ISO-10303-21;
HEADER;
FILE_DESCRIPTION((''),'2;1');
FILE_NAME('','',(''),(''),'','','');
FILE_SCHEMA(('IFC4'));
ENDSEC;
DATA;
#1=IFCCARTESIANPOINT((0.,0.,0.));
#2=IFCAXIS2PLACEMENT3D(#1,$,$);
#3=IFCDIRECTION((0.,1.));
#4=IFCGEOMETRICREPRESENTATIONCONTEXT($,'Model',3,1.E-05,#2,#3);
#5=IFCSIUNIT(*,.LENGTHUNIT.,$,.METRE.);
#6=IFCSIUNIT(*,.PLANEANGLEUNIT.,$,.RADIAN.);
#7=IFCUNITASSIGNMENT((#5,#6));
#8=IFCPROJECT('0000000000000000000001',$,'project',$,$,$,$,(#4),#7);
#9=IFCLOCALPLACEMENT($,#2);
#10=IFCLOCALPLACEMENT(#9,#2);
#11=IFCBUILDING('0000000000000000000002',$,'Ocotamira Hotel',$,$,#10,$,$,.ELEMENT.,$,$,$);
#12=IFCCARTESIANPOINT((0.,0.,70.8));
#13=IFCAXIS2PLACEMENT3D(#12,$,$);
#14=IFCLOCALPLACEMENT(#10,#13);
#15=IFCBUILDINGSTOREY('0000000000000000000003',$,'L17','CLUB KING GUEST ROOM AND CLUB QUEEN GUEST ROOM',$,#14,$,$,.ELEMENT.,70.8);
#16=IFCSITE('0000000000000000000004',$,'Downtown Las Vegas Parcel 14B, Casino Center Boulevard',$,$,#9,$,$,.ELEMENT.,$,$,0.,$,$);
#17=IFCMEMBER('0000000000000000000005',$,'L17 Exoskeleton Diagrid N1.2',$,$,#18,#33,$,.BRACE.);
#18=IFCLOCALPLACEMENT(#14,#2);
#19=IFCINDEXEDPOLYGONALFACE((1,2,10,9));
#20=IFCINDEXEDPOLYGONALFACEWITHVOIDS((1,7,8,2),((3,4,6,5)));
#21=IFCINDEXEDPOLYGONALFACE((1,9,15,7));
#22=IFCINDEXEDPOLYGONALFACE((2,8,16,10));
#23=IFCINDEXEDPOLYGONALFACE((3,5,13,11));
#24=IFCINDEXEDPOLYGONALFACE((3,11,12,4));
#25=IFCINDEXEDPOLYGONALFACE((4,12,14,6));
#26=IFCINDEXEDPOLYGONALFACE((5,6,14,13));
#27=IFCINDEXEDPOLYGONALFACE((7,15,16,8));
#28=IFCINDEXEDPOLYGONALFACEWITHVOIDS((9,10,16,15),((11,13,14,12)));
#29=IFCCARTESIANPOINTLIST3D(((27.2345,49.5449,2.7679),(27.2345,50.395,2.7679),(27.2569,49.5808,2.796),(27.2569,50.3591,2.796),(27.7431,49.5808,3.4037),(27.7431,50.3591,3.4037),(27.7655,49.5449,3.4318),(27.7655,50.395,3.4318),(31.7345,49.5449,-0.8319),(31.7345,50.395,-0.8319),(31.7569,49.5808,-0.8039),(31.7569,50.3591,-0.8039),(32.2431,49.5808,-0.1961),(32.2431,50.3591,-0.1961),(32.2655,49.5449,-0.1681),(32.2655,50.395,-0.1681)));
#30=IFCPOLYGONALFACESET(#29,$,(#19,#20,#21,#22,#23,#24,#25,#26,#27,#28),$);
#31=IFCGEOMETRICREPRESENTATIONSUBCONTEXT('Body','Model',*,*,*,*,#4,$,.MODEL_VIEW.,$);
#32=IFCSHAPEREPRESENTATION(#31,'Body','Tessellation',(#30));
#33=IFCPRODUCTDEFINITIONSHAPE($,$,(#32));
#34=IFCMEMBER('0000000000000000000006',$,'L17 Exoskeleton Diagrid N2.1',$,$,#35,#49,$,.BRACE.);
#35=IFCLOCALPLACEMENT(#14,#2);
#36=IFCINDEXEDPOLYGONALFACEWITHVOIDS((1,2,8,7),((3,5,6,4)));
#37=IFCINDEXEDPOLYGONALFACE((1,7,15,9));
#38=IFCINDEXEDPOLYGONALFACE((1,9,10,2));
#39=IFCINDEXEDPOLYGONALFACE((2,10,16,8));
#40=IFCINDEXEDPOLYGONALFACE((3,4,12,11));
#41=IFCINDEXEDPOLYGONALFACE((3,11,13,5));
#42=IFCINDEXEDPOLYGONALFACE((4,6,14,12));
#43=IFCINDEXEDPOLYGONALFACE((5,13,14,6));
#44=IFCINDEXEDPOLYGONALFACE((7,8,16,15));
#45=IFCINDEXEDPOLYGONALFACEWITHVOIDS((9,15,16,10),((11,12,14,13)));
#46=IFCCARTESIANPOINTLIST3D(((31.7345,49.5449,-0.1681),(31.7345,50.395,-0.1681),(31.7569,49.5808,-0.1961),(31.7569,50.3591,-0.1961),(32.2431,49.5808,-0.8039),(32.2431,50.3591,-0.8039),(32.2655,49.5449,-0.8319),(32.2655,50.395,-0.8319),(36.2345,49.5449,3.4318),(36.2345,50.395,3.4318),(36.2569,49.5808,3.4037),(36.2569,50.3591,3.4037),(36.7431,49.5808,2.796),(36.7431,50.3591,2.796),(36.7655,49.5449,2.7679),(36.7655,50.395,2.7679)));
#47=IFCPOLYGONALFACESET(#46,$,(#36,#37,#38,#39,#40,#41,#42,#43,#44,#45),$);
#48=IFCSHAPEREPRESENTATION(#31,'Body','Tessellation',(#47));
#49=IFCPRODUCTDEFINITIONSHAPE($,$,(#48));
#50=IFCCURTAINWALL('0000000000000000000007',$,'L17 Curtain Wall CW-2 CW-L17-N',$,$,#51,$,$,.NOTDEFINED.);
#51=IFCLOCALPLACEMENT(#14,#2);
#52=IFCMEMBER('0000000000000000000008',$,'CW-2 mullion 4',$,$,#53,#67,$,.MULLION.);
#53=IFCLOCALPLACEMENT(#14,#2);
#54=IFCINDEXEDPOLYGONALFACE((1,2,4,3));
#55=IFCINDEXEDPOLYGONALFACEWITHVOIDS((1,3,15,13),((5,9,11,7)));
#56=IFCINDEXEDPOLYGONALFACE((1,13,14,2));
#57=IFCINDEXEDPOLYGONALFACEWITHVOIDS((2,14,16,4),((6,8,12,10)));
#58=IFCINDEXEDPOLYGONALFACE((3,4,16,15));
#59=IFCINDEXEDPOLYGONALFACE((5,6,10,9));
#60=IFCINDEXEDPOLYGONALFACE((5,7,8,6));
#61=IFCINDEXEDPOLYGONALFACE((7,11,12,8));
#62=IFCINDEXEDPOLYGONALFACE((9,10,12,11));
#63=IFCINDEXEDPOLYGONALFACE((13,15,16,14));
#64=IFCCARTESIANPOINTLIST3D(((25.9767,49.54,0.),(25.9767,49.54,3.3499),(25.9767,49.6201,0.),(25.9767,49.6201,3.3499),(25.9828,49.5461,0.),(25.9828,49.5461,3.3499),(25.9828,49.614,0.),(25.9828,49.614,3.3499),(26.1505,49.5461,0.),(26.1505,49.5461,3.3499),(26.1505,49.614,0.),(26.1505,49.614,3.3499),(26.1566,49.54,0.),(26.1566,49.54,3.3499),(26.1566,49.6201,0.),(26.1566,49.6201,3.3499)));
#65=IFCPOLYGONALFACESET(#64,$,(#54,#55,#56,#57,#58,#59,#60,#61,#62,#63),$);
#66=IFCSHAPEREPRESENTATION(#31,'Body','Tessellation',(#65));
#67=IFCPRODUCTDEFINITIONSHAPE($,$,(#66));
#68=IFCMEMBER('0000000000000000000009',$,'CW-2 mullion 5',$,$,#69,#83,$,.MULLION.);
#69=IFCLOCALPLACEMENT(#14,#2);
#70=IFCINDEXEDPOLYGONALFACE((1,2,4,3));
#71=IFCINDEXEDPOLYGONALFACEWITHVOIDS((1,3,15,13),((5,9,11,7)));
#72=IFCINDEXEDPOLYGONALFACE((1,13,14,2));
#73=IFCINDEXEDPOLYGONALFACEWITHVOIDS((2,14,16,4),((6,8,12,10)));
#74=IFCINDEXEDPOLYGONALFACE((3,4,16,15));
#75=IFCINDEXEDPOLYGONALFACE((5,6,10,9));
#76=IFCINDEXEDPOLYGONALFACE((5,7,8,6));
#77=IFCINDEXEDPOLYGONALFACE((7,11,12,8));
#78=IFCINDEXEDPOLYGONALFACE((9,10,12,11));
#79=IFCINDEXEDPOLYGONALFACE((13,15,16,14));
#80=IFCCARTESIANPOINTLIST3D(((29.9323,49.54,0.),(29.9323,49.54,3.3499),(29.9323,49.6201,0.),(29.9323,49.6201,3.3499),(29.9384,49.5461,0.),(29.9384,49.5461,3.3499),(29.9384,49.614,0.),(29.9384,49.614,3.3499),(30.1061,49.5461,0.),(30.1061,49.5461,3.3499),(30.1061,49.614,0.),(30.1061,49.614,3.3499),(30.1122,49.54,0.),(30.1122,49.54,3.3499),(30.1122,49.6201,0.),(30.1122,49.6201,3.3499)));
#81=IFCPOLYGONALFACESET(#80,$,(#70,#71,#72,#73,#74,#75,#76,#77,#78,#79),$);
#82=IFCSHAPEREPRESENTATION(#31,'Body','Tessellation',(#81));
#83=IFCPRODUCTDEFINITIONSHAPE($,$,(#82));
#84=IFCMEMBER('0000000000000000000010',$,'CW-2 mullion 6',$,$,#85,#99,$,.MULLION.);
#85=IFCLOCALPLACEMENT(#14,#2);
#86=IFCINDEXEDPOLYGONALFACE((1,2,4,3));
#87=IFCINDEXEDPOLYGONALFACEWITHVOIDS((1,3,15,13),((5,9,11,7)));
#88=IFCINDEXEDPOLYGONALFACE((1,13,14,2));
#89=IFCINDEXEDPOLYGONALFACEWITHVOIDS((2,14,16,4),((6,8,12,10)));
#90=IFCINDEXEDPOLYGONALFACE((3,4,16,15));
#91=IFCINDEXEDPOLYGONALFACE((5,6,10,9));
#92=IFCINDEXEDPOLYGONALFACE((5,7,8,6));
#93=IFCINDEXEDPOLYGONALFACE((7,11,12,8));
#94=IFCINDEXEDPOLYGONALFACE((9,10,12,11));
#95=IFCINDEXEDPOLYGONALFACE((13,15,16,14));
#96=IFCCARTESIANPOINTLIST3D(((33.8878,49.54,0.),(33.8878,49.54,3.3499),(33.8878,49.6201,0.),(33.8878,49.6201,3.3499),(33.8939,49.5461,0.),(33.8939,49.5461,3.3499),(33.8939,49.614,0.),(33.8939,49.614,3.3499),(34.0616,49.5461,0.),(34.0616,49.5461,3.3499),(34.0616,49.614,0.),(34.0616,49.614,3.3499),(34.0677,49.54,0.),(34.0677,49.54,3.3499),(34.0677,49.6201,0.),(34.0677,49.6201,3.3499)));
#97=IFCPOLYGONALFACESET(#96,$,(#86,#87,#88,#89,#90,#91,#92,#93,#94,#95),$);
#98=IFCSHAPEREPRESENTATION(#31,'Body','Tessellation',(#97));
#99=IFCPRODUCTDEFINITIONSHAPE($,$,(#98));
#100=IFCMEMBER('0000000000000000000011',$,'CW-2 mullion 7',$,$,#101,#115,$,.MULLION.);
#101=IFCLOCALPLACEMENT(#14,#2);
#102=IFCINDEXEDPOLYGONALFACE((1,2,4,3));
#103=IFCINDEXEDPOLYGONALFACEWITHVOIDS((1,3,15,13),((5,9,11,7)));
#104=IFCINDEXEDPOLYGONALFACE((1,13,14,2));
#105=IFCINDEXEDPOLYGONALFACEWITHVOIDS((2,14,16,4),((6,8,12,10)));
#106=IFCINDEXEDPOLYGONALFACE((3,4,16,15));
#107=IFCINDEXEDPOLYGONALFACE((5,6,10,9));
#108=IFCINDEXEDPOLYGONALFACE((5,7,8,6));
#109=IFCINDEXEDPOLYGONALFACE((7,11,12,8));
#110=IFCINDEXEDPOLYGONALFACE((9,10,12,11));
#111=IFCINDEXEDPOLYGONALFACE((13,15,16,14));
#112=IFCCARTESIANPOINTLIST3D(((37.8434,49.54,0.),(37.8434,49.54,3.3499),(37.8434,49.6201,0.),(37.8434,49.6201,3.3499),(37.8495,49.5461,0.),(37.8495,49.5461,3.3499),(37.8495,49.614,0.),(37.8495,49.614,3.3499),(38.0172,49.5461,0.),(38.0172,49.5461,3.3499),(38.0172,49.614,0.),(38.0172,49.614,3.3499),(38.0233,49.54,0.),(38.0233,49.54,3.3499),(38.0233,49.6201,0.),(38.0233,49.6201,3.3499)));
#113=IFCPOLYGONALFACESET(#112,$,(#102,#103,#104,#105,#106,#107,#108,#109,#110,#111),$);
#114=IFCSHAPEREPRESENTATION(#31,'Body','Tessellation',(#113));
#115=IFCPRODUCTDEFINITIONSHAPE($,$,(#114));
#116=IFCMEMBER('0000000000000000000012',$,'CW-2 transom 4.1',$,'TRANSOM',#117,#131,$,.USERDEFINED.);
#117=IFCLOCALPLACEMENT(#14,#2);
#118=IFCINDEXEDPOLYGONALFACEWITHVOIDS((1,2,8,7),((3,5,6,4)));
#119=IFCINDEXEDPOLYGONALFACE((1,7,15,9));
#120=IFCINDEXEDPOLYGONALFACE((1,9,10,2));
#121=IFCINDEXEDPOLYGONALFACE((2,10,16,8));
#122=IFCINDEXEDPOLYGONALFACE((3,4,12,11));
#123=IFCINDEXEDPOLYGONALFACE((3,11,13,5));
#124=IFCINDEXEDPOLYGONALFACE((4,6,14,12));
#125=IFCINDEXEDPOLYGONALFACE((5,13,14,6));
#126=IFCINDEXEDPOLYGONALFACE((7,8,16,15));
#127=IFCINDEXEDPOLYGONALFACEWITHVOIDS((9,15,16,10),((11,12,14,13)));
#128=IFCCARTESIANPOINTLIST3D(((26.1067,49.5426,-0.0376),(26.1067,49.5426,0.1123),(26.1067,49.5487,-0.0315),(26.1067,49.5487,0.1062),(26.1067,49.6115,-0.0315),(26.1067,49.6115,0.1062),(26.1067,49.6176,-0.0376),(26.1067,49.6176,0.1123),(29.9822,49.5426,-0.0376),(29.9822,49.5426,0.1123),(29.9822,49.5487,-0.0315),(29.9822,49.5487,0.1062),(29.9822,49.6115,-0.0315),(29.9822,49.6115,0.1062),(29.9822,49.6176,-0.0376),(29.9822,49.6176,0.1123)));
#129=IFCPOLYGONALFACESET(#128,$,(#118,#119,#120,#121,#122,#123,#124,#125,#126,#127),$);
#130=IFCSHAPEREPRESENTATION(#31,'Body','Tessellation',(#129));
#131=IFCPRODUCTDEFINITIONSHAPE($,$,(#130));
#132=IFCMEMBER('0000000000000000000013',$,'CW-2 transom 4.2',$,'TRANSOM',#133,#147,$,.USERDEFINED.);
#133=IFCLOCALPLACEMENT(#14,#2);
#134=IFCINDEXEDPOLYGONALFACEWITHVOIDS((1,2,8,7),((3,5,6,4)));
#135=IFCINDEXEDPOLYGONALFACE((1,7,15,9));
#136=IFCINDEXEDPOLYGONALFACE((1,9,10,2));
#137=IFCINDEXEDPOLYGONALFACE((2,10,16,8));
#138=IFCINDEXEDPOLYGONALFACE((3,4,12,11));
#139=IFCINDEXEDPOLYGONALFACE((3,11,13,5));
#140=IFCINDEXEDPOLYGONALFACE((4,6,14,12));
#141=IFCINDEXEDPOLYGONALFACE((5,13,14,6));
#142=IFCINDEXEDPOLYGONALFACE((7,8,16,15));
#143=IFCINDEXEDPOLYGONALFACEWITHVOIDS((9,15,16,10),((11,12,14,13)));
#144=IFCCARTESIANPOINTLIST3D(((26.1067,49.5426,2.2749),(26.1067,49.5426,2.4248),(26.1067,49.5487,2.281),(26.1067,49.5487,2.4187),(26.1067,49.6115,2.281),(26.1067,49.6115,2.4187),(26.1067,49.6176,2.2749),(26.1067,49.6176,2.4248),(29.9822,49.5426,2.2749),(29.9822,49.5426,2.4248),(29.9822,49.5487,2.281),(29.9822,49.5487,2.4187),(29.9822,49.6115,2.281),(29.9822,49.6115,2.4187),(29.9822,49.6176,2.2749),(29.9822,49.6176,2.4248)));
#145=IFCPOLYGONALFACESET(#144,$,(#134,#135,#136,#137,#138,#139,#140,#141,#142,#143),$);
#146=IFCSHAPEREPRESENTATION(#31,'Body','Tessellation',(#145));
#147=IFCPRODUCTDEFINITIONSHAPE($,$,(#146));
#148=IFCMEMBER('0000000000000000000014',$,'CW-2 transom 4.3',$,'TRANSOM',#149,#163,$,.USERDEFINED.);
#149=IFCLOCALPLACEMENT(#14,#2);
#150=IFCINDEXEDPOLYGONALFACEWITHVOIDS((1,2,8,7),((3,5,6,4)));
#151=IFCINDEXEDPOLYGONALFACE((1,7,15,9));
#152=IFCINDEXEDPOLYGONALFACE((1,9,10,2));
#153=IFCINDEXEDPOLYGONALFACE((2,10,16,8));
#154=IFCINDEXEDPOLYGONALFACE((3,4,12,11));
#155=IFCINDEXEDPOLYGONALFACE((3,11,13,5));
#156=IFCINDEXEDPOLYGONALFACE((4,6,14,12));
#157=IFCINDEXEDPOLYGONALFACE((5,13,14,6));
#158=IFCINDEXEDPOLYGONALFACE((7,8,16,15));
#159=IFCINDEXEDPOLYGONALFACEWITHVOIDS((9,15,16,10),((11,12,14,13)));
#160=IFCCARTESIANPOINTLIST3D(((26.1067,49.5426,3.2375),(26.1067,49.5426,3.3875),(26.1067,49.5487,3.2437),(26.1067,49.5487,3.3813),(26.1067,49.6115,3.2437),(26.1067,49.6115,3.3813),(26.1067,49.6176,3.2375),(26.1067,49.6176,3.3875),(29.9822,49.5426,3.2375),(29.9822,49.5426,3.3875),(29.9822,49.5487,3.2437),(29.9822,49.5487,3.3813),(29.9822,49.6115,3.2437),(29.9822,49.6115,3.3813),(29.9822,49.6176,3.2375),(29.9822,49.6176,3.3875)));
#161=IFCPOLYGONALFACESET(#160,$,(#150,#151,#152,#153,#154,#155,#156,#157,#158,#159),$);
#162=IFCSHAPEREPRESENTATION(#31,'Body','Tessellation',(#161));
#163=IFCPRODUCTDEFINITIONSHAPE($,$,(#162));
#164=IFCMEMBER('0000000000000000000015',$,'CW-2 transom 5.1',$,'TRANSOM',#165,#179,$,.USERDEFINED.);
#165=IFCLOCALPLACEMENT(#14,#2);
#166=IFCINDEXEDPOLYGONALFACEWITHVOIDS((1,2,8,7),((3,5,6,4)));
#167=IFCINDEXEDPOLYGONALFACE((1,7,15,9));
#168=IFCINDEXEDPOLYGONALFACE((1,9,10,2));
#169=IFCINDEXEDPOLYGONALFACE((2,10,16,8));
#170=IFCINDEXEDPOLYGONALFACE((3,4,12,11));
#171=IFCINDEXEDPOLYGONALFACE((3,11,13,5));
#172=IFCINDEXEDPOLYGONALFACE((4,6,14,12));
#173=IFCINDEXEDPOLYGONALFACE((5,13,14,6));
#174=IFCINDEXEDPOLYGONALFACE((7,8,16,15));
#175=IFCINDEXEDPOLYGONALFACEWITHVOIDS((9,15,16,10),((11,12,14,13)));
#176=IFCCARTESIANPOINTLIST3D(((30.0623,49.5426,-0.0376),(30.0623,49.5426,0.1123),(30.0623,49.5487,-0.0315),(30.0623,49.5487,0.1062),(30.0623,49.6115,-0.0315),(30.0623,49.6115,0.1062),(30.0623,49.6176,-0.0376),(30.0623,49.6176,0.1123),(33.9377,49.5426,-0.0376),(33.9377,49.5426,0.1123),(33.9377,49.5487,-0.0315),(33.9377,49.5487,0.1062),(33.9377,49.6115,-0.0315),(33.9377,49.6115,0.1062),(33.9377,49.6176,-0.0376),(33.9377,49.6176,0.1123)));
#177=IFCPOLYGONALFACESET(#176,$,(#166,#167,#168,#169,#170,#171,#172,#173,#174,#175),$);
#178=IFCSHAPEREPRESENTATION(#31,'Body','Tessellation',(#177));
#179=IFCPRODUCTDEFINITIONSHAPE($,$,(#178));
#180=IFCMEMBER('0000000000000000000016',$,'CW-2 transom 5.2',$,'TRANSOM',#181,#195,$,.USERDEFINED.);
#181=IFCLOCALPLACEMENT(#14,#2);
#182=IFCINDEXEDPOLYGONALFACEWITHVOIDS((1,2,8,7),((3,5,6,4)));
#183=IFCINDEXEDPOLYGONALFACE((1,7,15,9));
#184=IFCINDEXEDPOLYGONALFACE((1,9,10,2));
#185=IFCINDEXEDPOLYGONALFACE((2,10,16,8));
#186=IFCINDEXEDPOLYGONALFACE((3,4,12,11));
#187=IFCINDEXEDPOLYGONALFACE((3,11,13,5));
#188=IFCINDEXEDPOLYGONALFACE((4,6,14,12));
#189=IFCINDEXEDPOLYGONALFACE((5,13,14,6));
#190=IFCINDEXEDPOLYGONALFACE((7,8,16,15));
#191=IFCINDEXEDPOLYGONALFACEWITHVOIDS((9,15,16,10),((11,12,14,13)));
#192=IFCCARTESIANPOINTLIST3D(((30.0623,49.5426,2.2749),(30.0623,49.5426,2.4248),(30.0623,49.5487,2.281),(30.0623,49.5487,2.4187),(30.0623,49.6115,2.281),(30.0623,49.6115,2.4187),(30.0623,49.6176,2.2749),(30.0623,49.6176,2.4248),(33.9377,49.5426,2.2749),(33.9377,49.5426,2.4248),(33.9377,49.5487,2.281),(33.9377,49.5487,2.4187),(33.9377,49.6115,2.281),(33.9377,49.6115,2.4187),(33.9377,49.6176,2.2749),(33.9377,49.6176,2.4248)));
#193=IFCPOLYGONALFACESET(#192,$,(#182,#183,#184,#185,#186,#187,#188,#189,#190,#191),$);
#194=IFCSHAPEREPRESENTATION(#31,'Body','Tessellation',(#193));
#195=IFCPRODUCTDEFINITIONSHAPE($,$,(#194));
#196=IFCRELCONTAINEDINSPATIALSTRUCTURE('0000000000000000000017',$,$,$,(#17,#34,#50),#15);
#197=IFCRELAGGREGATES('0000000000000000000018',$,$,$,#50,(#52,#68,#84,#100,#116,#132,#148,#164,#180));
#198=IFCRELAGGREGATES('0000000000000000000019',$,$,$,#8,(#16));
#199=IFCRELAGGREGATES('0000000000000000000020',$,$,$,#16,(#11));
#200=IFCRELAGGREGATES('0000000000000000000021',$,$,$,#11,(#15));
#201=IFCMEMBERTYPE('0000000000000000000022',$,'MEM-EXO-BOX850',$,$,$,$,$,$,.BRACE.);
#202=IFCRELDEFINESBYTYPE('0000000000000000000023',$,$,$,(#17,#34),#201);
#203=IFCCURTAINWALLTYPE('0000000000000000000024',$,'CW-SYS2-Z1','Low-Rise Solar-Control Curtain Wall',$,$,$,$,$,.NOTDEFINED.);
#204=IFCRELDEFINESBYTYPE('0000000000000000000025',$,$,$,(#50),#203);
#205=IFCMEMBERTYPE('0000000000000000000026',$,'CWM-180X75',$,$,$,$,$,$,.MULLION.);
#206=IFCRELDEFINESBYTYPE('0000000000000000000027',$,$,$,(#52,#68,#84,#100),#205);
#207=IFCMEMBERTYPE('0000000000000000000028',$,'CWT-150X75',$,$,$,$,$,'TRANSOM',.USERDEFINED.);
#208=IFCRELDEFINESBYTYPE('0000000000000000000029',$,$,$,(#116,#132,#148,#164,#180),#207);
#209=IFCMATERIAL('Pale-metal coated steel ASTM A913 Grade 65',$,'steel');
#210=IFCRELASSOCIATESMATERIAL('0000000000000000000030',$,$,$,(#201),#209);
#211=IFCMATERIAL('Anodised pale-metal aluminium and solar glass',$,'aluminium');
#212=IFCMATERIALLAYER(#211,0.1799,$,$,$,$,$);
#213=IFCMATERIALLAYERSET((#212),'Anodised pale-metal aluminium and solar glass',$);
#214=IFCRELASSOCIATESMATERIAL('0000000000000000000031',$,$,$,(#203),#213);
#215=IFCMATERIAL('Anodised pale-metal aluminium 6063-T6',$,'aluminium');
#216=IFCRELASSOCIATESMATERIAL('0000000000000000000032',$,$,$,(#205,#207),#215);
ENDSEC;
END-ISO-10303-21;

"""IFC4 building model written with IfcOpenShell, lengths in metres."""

from ifc_helpers import new_model, si_unit, direction, frame, origin, origin_2d, place, context, subcontext, project, spatial, hollow_rectangle, extrude, source, transform, mapped, material, layer, layer_set, material_profile, profile_set, type_object, element, aggregate, save


model = new_model("IFC4")

# Units and contexts
model_context = context("Model", 3, precision=1e-05, world=origin(), true_north=direction((0.0, 1.0)))
body_context = subcontext(model_context, "Body", "Model", "MODEL_VIEW")
ifc_project = project(units=[si_unit("LENGTHUNIT", "METRE"), si_unit("PLANEANGLEUNIT", "RADIAN")], contexts=[model_context])

# Site, building, storey
site_placement = place(None, origin())
site = spatial("IfcSite", under=ifc_project, at=site_placement, Name="Downtown Las Vegas Parcel 14B, Casino Center Boulevard", CompositionType="ELEMENT", RefElevation=0.0)
building_placement = place(site_placement, origin())
building = spatial("IfcBuilding", under=site, at=building_placement, Name="Ocotamira Hotel", CompositionType="ELEMENT")
storey_placement = place(building_placement, frame((0.0, 0.0, 70.8)))
storey = spatial("IfcBuildingStorey", under=building, at=storey_placement, Name="L17", Description="CLUB KING GUEST ROOM AND CLUB QUEEN GUEST ROOM", CompositionType="ELEMENT", Elevation=70.8)

# Members
ifc_material_1 = material(Name="Pale-metal coated steel ASTM A913 Grade 65", Category="steel")
ifc_material_profile_1 = material_profile(ifc_material_1, hollow_rectangle(XDim=0.8501, YDim=0.8501, WallThickness=0.0359, at=origin_2d()), Name="BOX850X850X36")
ifc_profile_set_1 = profile_set([ifc_material_profile_1], Name="Pale-metal coated steel ASTM A913 Grade 65")
member_type_1 = type_object("IfcMemberType", Name="MEM-EXO-BOX850", PredefinedType="BRACE", material=ifc_profile_set_1)
shared_shape_1 = source(origin(), body_context, "Body", "SweptSolid", [
    extrude(hollow_rectangle(XDim=0.8501, YDim=0.8501, WallThickness=0.0359, at=origin_2d()), origin(), (0.0, 0.0, 1.0), 5.7627),
])
for number, where, z_axis, x_axis, name in (
    (1, (32.0, 49.97, -0.5), (-0.780881, 0.0, 0.62468), (0.0, -1.0, 0.0), "L17 Exoskeleton Diagrid N1.2"),
    (2, (32.0, 49.97, -0.5), (0.780881, 0.0, 0.62468), (0.0, 1.0, 0.0), "L17 Exoskeleton Diagrid N2.1"),
):
    element("IfcMember", number, at=place(storey_placement, frame(where, z_axis=z_axis, x_axis=x_axis)), inside=storey, type_object=member_type_1, Name=name, PredefinedType="BRACE", context=body_context, shape_type="MappedRepresentation", body=[
        mapped(shared_shape_1, transform((0.0, 0.0, 0.0), scale=1.0)),
    ])

# Curtain wall, members
ifc_material_2 = material(Name="Anodised pale-metal aluminium and solar glass", Category="aluminium")
ifc_layer_1 = layer(ifc_material_2, 0.1799)
ifc_layer_set_1 = layer_set([ifc_layer_1], Name="Anodised pale-metal aluminium and solar glass")
curtain_wall_type = type_object("IfcCurtainWallType", Name="CW-SYS2-Z1", Description="Low-Rise Solar-Control Curtain Wall", PredefinedType="NOTDEFINED", material=ifc_layer_set_1)
curtain_wall_placement = place(storey_placement, origin())
curtain_wall = element("IfcCurtainWall", 3, at=curtain_wall_placement, inside=storey, type_object=curtain_wall_type, Name="L17 Curtain Wall CW-2 CW-L17-N", PredefinedType="NOTDEFINED")
ifc_material_3 = material(Name="Anodised pale-metal aluminium 6063-T6", Category="aluminium")
ifc_material_profile_2 = material_profile(ifc_material_3, hollow_rectangle(XDim=0.0801, YDim=0.1799, WallThickness=0.0061, at=origin_2d()), Name="HSS180X80X6")
ifc_profile_set_2 = profile_set([ifc_material_profile_2], Name="Anodised pale-metal aluminium 6063-T6")
member_type_2 = type_object("IfcMemberType", Name="CWM-180X75", PredefinedType="MULLION", material=ifc_profile_set_2)
shared_shape_2 = source(origin(), body_context, "Body", "SweptSolid", [
    extrude(hollow_rectangle(XDim=0.0801, YDim=0.1799, WallThickness=0.0061, at=origin_2d()), origin(), (0.0, 0.0, 1.0), 3.3499),
])
member_1_placement = place(storey_placement, frame((26.0667, 49.5801, 0.0), z_axis=(0.0, 0.0, 1.0), x_axis=(0.0, 1.0, 0.0)))
member_1 = element("IfcMember", 4, at=member_1_placement, type_object=member_type_2, Name="CW-2 mullion 4", PredefinedType="MULLION", context=body_context, shape_type="MappedRepresentation", body=[
    mapped(shared_shape_2, transform((0.0, 0.0, 0.0), scale=1.0)),
])
member_2_placement = place(storey_placement, frame((30.0222, 49.5801, 0.0), z_axis=(0.0, 0.0, 1.0), x_axis=(0.0, 1.0, 0.0)))
member_2 = element("IfcMember", 5, at=member_2_placement, type_object=member_type_2, Name="CW-2 mullion 5", PredefinedType="MULLION", context=body_context, shape_type="MappedRepresentation", body=[
    mapped(shared_shape_2, transform((0.0, 0.0, 0.0), scale=1.0)),
])
member_3_placement = place(storey_placement, frame((33.9778, 49.5801, 0.0), z_axis=(0.0, 0.0, 1.0), x_axis=(0.0, 1.0, 0.0)))
member_3 = element("IfcMember", 6, at=member_3_placement, type_object=member_type_2, Name="CW-2 mullion 6", PredefinedType="MULLION", context=body_context, shape_type="MappedRepresentation", body=[
    mapped(shared_shape_2, transform((0.0, 0.0, 0.0), scale=1.0)),
])
member_4_placement = place(storey_placement, frame((37.9333, 49.5801, 0.0), z_axis=(0.0, 0.0, 1.0), x_axis=(0.0, 1.0, 0.0)))
member_4 = element("IfcMember", 7, at=member_4_placement, type_object=member_type_2, Name="CW-2 mullion 7", PredefinedType="MULLION", context=body_context, shape_type="MappedRepresentation", body=[
    mapped(shared_shape_2, transform((0.0, 0.0, 0.0), scale=1.0)),
])
ifc_material_profile_3 = material_profile(ifc_material_3, hollow_rectangle(XDim=0.075, YDim=0.1499, WallThickness=0.0061, at=origin_2d()), Name="HSS150X75X6")
ifc_profile_set_3 = profile_set([ifc_material_profile_3], Name="Anodised pale-metal aluminium 6063-T6")
member_type_3 = type_object("IfcMemberType", Name="CWT-150X75", ElementType="TRANSOM", PredefinedType="USERDEFINED", material=ifc_profile_set_3)
shared_shape_3 = source(origin(), body_context, "Body", "SweptSolid", [
    extrude(hollow_rectangle(XDim=0.075, YDim=0.1499, WallThickness=0.0061, at=origin_2d()), origin(), (0.0, 0.0, 1.0), 3.8755),
])
member_5_placement = place(storey_placement, frame((26.1067, 49.5801, 0.0374), z_axis=(1.0, 0.0, 0.0), x_axis=(0.0, 1.0, 0.0)))
member_5 = element("IfcMember", 8, at=member_5_placement, type_object=member_type_3, Name="CW-2 transom 4.1", ObjectType="TRANSOM", PredefinedType="USERDEFINED", context=body_context, shape_type="MappedRepresentation", body=[
    mapped(shared_shape_3, transform((0.0, 0.0, 0.0), scale=1.0)),
])
member_6_placement = place(storey_placement, frame((26.1067, 49.5801, 2.3499), z_axis=(1.0, 0.0, 0.0), x_axis=(0.0, 1.0, 0.0)))
member_6 = element("IfcMember", 9, at=member_6_placement, type_object=member_type_3, Name="CW-2 transom 4.2", ObjectType="TRANSOM", PredefinedType="USERDEFINED", context=body_context, shape_type="MappedRepresentation", body=[
    mapped(shared_shape_3, transform((0.0, 0.0, 0.0), scale=1.0)),
])
member_7_placement = place(storey_placement, frame((26.1067, 49.5801, 3.3125), z_axis=(1.0, 0.0, 0.0), x_axis=(0.0, 1.0, 0.0)))
member_7 = element("IfcMember", 10, at=member_7_placement, type_object=member_type_3, Name="CW-2 transom 4.3", ObjectType="TRANSOM", PredefinedType="USERDEFINED", context=body_context, shape_type="MappedRepresentation", body=[
    mapped(shared_shape_3, transform((0.0, 0.0, 0.0), scale=1.0)),
])
member_8_placement = place(storey_placement, frame((30.0623, 49.5801, 0.0374), z_axis=(1.0, 0.0, 0.0), x_axis=(0.0, 1.0, 0.0)))
member_8 = element("IfcMember", 11, at=member_8_placement, type_object=member_type_3, Name="CW-2 transom 5.1", ObjectType="TRANSOM", PredefinedType="USERDEFINED", context=body_context, shape_type="MappedRepresentation", body=[
    mapped(shared_shape_3, transform((0.0, 0.0, 0.0), scale=1.0)),
])
member_9_placement = place(storey_placement, frame((30.0623, 49.5801, 2.3499), z_axis=(1.0, 0.0, 0.0), x_axis=(0.0, 1.0, 0.0)))
member_9 = element("IfcMember", 12, at=member_9_placement, type_object=member_type_3, Name="CW-2 transom 5.2", ObjectType="TRANSOM", PredefinedType="USERDEFINED", context=body_context, shape_type="MappedRepresentation", body=[
    mapped(shared_shape_3, transform((0.0, 0.0, 0.0), scale=1.0)),
])

aggregate(curtain_wall, [member_1, member_2, member_3, member_4, member_5, member_6, member_7, member_8, member_9])

save(model, "model.ifc")
